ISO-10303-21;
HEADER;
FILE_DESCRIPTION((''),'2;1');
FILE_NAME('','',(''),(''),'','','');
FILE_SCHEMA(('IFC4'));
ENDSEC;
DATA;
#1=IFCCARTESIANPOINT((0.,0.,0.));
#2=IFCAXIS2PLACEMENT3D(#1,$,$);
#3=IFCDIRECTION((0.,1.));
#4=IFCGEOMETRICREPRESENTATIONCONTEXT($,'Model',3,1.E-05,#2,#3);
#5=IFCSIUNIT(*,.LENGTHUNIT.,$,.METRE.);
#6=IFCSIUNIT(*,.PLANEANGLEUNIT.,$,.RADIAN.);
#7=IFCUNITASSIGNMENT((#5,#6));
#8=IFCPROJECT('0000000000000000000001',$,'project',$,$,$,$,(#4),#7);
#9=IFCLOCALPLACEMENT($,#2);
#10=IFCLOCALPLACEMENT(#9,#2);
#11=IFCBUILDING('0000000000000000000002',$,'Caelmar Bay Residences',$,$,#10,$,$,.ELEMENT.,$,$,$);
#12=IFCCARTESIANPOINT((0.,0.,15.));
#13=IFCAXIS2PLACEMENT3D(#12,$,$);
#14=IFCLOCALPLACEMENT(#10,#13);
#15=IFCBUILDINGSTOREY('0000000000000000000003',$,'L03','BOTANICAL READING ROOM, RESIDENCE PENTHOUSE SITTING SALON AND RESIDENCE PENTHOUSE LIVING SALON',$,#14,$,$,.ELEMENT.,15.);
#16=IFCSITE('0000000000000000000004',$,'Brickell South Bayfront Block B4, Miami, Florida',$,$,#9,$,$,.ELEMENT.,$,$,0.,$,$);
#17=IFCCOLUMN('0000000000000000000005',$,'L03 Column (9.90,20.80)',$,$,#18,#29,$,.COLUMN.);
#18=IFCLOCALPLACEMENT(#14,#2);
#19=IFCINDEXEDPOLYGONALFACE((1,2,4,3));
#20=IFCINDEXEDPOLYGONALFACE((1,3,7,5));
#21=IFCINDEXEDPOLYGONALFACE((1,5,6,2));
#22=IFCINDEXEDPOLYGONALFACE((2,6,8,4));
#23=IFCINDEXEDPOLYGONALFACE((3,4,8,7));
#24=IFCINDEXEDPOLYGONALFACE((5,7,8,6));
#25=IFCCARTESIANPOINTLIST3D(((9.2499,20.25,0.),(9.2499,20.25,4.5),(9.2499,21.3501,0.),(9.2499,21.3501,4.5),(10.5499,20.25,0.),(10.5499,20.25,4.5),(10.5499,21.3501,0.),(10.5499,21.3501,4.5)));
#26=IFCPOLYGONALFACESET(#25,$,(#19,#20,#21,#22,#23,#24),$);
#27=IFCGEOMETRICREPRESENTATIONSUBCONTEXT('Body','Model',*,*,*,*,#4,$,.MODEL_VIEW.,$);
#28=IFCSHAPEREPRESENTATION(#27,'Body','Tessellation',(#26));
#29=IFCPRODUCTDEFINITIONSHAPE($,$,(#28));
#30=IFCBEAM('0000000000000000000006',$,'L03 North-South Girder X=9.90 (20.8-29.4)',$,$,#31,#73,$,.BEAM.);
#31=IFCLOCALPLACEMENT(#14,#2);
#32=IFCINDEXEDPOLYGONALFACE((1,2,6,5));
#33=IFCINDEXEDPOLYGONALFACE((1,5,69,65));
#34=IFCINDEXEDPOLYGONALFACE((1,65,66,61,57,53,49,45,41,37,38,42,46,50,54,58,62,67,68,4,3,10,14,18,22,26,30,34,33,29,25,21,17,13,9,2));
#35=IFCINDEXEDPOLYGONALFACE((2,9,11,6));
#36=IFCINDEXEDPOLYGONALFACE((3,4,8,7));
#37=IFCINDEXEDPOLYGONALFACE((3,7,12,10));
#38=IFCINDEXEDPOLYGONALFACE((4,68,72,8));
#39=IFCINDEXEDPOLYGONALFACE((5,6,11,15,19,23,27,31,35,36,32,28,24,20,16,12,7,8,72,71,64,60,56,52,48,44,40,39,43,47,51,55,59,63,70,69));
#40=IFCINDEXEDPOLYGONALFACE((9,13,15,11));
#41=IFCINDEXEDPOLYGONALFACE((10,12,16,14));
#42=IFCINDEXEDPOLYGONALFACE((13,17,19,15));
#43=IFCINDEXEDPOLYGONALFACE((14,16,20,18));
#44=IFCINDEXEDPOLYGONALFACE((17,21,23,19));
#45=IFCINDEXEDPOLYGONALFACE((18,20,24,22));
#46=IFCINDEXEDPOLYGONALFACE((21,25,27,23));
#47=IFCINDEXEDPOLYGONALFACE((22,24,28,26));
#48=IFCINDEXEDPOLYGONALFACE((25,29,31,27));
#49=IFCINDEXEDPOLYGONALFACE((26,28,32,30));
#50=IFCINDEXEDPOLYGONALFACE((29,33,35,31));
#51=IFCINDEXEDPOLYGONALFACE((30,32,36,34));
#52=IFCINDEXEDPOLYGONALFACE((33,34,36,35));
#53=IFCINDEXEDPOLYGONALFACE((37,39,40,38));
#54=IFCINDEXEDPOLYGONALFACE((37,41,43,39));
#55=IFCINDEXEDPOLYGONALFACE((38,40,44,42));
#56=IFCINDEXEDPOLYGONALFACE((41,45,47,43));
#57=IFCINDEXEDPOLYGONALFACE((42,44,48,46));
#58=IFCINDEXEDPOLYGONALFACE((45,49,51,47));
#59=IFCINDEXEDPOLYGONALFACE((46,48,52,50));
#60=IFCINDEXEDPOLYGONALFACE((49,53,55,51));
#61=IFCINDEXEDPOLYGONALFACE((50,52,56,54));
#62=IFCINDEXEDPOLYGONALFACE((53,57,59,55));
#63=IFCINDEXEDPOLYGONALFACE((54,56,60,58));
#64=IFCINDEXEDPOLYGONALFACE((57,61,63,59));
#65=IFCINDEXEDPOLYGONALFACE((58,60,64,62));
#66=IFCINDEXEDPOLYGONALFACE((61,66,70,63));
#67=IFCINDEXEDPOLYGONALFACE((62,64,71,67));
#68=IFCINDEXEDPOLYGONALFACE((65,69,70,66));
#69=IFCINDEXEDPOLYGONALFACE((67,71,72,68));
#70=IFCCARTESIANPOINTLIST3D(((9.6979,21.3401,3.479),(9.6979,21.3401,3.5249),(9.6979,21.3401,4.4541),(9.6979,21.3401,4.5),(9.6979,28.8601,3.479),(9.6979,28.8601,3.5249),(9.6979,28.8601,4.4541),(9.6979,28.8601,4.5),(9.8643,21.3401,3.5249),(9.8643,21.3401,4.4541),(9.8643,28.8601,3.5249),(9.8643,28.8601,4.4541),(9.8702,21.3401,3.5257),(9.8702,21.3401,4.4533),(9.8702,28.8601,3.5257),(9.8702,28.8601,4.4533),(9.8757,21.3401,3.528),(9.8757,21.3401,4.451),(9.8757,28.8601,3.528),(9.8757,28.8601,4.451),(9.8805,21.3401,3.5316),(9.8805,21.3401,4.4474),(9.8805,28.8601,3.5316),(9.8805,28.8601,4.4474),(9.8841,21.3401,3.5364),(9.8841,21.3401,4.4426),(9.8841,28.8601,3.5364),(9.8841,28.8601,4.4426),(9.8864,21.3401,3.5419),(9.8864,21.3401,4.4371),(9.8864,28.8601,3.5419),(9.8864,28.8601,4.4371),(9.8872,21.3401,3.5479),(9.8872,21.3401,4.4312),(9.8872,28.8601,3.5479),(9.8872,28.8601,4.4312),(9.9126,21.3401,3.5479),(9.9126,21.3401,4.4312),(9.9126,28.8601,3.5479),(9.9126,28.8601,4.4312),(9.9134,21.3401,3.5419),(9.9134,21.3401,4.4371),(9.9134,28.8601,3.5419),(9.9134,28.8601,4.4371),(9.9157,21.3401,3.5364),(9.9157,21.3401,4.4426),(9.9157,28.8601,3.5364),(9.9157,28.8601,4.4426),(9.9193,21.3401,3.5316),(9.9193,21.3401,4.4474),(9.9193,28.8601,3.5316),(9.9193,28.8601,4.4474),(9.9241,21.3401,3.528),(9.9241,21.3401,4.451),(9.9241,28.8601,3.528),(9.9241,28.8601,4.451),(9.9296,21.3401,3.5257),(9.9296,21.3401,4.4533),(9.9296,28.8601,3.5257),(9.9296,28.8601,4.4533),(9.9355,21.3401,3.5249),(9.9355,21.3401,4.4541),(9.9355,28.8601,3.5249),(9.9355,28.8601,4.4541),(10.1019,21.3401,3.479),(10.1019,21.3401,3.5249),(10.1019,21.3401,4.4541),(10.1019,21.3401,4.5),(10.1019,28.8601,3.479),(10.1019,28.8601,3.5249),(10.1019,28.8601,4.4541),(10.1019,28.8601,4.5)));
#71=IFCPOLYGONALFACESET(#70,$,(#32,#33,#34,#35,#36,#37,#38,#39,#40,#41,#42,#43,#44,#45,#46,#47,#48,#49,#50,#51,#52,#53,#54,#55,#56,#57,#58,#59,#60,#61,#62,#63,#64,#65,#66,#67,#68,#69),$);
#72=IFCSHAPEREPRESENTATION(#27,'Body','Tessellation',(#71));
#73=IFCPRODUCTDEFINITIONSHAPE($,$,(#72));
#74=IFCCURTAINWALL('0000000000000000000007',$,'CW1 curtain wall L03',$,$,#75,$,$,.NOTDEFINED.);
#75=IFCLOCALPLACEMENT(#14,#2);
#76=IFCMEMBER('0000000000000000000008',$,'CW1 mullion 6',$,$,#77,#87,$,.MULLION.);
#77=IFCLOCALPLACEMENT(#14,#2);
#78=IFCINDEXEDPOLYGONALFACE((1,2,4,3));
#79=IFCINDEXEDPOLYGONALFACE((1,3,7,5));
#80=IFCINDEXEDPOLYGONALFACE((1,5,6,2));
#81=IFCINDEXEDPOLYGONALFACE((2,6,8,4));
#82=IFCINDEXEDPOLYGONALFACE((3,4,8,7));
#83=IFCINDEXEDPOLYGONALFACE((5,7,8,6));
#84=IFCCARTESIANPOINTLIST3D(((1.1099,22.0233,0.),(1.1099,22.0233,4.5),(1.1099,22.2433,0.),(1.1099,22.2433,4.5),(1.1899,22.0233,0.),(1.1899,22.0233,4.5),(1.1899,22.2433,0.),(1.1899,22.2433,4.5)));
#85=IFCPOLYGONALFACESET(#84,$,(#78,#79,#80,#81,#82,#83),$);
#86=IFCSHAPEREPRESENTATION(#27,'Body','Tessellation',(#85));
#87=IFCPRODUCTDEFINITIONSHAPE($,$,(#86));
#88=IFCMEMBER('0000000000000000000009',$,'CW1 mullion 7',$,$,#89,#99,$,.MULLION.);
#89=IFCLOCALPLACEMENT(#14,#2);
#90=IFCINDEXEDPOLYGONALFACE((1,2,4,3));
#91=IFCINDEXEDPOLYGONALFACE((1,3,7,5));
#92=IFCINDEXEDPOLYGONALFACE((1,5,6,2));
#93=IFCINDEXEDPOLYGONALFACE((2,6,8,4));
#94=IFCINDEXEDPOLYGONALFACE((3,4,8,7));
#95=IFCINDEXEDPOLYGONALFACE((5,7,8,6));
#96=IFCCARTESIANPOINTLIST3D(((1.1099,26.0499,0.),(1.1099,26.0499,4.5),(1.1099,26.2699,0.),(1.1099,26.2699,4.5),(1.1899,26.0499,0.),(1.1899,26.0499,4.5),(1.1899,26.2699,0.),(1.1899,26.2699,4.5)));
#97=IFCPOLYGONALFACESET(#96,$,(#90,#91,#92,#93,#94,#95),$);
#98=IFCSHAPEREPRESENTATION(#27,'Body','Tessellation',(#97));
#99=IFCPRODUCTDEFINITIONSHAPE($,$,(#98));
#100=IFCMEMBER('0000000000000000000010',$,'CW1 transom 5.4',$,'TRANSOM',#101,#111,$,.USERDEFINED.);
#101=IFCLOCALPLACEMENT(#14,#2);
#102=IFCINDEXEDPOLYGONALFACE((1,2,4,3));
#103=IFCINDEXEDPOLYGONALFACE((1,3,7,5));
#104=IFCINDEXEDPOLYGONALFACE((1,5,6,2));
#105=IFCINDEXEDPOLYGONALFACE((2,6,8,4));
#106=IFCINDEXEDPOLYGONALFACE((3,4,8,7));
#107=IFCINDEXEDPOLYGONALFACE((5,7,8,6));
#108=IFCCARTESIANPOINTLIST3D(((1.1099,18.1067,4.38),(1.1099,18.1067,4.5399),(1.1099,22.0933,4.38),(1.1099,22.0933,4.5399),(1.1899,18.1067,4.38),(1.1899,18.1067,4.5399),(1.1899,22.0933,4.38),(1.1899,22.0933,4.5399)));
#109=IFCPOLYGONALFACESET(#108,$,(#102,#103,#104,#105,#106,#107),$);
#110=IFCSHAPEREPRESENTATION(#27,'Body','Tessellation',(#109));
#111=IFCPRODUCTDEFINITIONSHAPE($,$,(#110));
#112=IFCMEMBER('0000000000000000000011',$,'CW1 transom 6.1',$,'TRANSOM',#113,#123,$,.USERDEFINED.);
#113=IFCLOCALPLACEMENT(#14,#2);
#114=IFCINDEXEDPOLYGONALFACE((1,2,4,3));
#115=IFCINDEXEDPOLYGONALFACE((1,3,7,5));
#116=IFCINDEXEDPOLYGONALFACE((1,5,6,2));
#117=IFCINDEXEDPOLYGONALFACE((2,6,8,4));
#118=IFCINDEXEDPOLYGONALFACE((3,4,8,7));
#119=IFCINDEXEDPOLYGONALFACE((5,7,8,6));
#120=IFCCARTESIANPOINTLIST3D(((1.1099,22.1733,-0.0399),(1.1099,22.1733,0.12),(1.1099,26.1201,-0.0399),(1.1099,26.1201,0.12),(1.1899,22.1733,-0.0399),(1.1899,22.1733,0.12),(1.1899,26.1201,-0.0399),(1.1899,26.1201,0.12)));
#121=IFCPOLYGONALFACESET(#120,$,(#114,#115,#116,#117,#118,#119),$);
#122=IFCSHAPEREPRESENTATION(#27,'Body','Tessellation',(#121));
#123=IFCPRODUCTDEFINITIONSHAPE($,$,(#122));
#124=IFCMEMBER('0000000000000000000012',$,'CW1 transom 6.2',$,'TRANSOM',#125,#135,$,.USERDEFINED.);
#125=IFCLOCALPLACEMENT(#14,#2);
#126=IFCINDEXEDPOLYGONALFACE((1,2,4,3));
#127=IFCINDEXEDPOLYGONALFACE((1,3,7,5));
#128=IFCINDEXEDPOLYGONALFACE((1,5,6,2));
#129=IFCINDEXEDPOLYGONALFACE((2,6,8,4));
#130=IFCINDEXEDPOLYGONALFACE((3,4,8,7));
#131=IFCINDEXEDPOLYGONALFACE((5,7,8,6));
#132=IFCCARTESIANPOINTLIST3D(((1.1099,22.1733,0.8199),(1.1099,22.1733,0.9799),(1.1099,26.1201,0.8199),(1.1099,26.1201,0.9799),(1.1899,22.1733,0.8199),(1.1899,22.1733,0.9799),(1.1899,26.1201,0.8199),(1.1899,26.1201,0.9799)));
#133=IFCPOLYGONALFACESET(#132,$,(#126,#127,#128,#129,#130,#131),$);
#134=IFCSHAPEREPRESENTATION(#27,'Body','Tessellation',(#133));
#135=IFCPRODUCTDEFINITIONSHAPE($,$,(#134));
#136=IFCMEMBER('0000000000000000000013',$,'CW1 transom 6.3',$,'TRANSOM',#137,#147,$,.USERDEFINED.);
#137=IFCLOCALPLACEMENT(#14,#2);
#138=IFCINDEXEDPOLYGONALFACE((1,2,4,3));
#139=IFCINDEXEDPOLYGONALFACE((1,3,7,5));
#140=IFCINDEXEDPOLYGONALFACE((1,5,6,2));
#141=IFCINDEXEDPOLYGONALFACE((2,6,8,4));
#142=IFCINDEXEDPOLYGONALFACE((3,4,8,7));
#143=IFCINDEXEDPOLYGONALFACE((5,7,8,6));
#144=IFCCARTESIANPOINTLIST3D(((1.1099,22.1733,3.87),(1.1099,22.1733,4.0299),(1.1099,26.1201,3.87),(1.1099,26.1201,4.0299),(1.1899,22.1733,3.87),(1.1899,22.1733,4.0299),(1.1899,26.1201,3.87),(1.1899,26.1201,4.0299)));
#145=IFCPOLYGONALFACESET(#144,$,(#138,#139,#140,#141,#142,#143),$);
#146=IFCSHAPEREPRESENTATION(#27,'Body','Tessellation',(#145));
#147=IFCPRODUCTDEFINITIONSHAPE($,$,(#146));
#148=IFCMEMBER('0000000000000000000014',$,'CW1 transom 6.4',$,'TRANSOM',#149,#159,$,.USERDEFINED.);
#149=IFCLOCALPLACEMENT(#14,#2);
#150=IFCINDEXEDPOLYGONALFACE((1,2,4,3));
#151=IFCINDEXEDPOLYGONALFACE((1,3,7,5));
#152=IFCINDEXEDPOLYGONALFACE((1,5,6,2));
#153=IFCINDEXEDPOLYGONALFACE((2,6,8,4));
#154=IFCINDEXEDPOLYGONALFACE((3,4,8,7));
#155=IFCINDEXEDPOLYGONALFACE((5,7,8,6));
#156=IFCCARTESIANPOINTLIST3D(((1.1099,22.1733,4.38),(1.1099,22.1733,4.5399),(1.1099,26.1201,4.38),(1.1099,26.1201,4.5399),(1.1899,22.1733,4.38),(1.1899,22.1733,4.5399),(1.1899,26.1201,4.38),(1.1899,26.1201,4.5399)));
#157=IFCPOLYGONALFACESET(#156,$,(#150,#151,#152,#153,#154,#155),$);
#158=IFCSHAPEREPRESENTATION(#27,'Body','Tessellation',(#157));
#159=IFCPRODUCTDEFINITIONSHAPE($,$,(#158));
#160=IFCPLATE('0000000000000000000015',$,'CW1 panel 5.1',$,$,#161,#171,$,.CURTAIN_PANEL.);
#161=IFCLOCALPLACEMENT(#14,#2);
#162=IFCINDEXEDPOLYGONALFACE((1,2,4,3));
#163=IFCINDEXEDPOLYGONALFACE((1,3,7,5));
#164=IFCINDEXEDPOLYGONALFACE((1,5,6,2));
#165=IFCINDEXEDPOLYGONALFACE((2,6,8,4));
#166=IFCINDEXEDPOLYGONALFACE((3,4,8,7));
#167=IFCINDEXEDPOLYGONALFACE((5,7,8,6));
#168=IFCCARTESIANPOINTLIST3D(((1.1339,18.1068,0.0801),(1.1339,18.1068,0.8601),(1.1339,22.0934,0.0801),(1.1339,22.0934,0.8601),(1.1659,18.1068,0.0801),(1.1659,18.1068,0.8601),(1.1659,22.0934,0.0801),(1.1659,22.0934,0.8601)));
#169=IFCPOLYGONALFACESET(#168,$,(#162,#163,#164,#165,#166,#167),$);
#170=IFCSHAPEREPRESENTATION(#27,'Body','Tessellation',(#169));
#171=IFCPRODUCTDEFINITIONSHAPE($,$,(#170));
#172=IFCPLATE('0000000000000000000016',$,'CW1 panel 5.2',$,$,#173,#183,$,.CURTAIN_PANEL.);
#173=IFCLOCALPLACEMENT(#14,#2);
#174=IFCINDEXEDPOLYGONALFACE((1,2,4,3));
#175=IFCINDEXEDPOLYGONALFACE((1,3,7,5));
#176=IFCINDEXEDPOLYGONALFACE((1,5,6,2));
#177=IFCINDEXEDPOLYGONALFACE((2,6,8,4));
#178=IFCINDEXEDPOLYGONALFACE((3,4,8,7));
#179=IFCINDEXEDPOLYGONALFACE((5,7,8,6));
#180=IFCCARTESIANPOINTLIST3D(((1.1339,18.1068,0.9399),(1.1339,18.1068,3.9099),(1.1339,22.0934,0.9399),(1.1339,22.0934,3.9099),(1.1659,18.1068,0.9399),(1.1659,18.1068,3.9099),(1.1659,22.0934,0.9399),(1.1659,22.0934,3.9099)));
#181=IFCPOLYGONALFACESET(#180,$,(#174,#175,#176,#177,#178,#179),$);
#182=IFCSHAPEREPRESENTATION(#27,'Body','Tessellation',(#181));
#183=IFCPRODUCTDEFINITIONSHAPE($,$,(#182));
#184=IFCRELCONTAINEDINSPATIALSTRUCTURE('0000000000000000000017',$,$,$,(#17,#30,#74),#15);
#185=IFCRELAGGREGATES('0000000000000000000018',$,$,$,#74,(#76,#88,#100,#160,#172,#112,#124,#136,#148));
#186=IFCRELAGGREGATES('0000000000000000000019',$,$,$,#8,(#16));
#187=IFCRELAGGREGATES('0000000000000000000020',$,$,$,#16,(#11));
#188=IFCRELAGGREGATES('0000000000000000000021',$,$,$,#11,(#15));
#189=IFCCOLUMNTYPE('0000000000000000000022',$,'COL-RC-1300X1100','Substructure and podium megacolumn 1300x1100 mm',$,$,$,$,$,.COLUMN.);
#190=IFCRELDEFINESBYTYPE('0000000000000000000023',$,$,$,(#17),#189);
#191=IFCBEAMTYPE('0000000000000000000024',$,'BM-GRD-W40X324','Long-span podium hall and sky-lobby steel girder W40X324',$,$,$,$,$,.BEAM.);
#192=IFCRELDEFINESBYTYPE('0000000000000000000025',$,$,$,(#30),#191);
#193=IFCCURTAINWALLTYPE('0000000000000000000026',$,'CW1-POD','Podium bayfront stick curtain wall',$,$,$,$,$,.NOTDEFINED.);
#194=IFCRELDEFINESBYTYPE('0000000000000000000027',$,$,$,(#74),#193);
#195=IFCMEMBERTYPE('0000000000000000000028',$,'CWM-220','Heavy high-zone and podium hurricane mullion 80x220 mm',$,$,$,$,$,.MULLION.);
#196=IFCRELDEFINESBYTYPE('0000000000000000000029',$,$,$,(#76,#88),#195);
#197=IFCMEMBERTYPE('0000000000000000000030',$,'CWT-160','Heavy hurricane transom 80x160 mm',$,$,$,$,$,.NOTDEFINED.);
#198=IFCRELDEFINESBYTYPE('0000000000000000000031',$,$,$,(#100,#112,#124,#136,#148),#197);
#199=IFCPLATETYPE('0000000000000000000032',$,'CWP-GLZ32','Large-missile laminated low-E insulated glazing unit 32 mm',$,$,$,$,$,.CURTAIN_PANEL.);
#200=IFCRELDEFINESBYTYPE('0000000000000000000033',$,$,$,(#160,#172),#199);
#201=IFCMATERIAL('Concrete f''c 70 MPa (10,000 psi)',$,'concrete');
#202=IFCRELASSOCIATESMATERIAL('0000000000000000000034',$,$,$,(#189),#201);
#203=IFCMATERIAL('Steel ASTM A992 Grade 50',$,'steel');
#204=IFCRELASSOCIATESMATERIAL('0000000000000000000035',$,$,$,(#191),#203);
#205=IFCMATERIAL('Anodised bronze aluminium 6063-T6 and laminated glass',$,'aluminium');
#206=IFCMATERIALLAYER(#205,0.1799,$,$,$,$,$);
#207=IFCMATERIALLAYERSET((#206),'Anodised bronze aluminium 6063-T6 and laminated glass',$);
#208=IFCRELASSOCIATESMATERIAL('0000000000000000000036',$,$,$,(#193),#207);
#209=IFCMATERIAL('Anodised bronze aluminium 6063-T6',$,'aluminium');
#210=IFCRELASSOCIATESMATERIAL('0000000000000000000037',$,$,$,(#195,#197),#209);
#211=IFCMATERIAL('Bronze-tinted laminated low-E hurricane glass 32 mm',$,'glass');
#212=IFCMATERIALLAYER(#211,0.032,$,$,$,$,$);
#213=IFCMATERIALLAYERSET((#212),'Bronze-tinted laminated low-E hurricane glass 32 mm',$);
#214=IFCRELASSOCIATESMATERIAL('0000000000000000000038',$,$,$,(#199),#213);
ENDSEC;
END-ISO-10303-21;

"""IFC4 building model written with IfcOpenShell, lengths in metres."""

from ifc_helpers import new_model, si_unit, direction, frame, origin, origin_2d, place, context, subcontext, project, spatial, rectangle, i_section, extrude, material, layer, layer_set, material_profile, profile_set, type_object, element, aggregate, save


model = new_model("IFC4")

# Units and contexts
model_context = context("Model", 3, precision=1e-05, world=origin(), true_north=direction((0.0, 1.0)))
body_context = subcontext(model_context, "Body", "Model", "MODEL_VIEW")
ifc_project = project(units=[si_unit("LENGTHUNIT", "METRE"), si_unit("PLANEANGLEUNIT", "RADIAN")], contexts=[model_context])

# Site, building, storey
site_placement = place(None, origin())
site = spatial("IfcSite", under=ifc_project, at=site_placement, Name="Brickell South Bayfront Block B4, Miami, Florida", CompositionType="ELEMENT", RefElevation=0.0)
building_placement = place(site_placement, origin())
building = spatial("IfcBuilding", under=site, at=building_placement, Name="Caelmar Bay Residences", CompositionType="ELEMENT")
storey_placement = place(building_placement, frame((0.0, 0.0, 15.0)))
storey = spatial("IfcBuildingStorey", under=building, at=storey_placement, Name="L03", Description="BOTANICAL READING ROOM, RESIDENCE PENTHOUSE SITTING SALON AND RESIDENCE PENTHOUSE LIVING SALON", CompositionType="ELEMENT", Elevation=15.0)

# Column
ifc_material_1 = material(Name="Concrete f'c 70 MPa (10,000 psi)", Category="concrete")
ifc_material_profile_1 = material_profile(ifc_material_1, rectangle(XDim=1.3, YDim=1.1001, at=origin_2d()), Name="RC-COL-1300X1100")
ifc_profile_set_1 = profile_set([ifc_material_profile_1], Name="Concrete f'c 70 MPa (10,000 psi)")
column_type = type_object("IfcColumnType", Name="COL-RC-1300X1100", Description="Substructure and podium megacolumn 1300x1100 mm", PredefinedType="COLUMN", material=ifc_profile_set_1)
column_placement = place(storey_placement, frame((9.8999, 20.8, 0.0), z_axis=(0.0, 0.0, 1.0), x_axis=(1.0, 0.0, 0.0)))
element("IfcColumn", 1, at=column_placement, inside=storey, type_object=column_type, Name="L03 Column (9.90,20.80)", PredefinedType="COLUMN", context=body_context, shape_type="SweptSolid", body=[
    extrude(rectangle(XDim=1.3, YDim=1.1001, at=origin_2d()), origin(), (0.0, 0.0, 1.0), 4.5),
])

# Beam
ifc_material_2 = material(Name="Steel ASTM A992 Grade 50", Category="steel")
ifc_material_profile_2 = material_profile(ifc_material_2, i_section(OverallWidth=0.4041, OverallDepth=1.021, WebThickness=0.0254, FlangeThickness=0.0459, FilletRadius=0.0229, at=origin_2d()), Name="W40X324")
ifc_profile_set_2 = profile_set([ifc_material_profile_2], Name="Steel ASTM A992 Grade 50")
beam_type = type_object("IfcBeamType", Name="BM-GRD-W40X324", Description="Long-span podium hall and sky-lobby steel girder W40X324", PredefinedType="BEAM", material=ifc_profile_set_2)
beam_placement = place(storey_placement, frame((9.8999, 21.3401, 3.9895), z_axis=(0.0, 1.0, 0.0), x_axis=(-1.0, 0.0, 0.0)))
element("IfcBeam", 2, at=beam_placement, inside=storey, type_object=beam_type, Name="L03 North-South Girder X=9.90 (20.8-29.4)", PredefinedType="BEAM", context=body_context, shape_type="SweptSolid", body=[
    extrude(i_section(OverallWidth=0.4041, OverallDepth=1.021, WebThickness=0.0254, FlangeThickness=0.0459, FilletRadius=0.0229, at=origin_2d()), origin(), (0.0, 0.0, 1.0), 7.52),
])

# Curtain wall, members, plates
ifc_material_3 = material(Name="Anodised bronze aluminium 6063-T6 and laminated glass", Category="aluminium")
ifc_layer_1 = layer(ifc_material_3, 0.1799)
ifc_layer_set_1 = layer_set([ifc_layer_1], Name="Anodised bronze aluminium 6063-T6 and laminated glass")
curtain_wall_type = type_object("IfcCurtainWallType", Name="CW1-POD", Description="Podium bayfront stick curtain wall", PredefinedType="NOTDEFINED", material=ifc_layer_set_1)
curtain_wall_placement = place(storey_placement, origin())
curtain_wall = element("IfcCurtainWall", 3, at=curtain_wall_placement, inside=storey, type_object=curtain_wall_type, Name="CW1 curtain wall L03", PredefinedType="NOTDEFINED")
ifc_material_4 = material(Name="Anodised bronze aluminium 6063-T6", Category="aluminium")
ifc_material_profile_3 = material_profile(ifc_material_4, rectangle(XDim=0.0801, YDim=0.22, at=origin_2d()), Name="CWM-80X220")
ifc_profile_set_3 = profile_set([ifc_material_profile_3], Name="Anodised bronze aluminium 6063-T6")
member_type_1 = type_object("IfcMemberType", Name="CWM-220", Description="Heavy high-zone and podium hurricane mullion 80x220 mm", PredefinedType="MULLION", material=ifc_profile_set_3)
member_1_placement = place(storey_placement, frame((1.1499, 22.1333, 0.0), z_axis=(0.0, 0.0, 1.0), x_axis=(-1.0, 0.0, 0.0)))
member_1 = element("IfcMember", 4, at=member_1_placement, type_object=member_type_1, Name="CW1 mullion 6", PredefinedType="MULLION", context=body_context, shape_type="SweptSolid", body=[
    extrude(rectangle(XDim=0.0801, YDim=0.22, at=origin_2d()), origin(), (0.0, 0.0, 1.0), 4.5),
])
member_2_placement = place(storey_placement, frame((1.1499, 26.1599, 0.0), z_axis=(0.0, 0.0, 1.0), x_axis=(-1.0, 0.0, 0.0)))
member_2 = element("IfcMember", 5, at=member_2_placement, type_object=member_type_1, Name="CW1 mullion 7", PredefinedType="MULLION", context=body_context, shape_type="SweptSolid", body=[
    extrude(rectangle(XDim=0.0801, YDim=0.22, at=origin_2d()), origin(), (0.0, 0.0, 1.0), 4.5),
])
ifc_material_profile_4 = material_profile(ifc_material_4, rectangle(XDim=0.0801, YDim=0.1599, at=origin_2d()), Name="CWT-80X160")
ifc_profile_set_4 = profile_set([ifc_material_profile_4], Name="Anodised bronze aluminium 6063-T6")
member_type_2 = type_object("IfcMemberType", Name="CWT-160", Description="Heavy hurricane transom 80x160 mm", PredefinedType="NOTDEFINED", material=ifc_profile_set_4)
member_3_placement = place(storey_placement, frame((1.1499, 18.1067, 4.46), z_axis=(0.0, 1.0, 0.0), x_axis=(-1.0, 0.0, 0.0)))
member_3 = element("IfcMember", 6, at=member_3_placement, type_object=member_type_2, Name="CW1 transom 5.4", ObjectType="TRANSOM", PredefinedType="USERDEFINED", context=body_context, shape_type="SweptSolid", body=[
    extrude(rectangle(XDim=0.0801, YDim=0.1599, at=origin_2d()), origin(), (0.0, 0.0, 1.0), 3.9866),
])
member_4_placement = place(storey_placement, frame((1.1499, 22.1733, 0.04), z_axis=(0.0, 1.0, 0.0), x_axis=(-1.0, 0.0, 0.0)))
member_4 = element("IfcMember", 7, at=member_4_placement, type_object=member_type_2, Name="CW1 transom 6.1", ObjectType="TRANSOM", PredefinedType="USERDEFINED", context=body_context, shape_type="SweptSolid", body=[
    extrude(rectangle(XDim=0.0801, YDim=0.1599, at=origin_2d()), origin(), (0.0, 0.0, 1.0), 3.9468),
])
member_5_placement = place(storey_placement, frame((1.1499, 22.1733, 0.8999), z_axis=(0.0, 1.0, 0.0), x_axis=(-1.0, 0.0, 0.0)))
member_5 = element("IfcMember", 8, at=member_5_placement, type_object=member_type_2, Name="CW1 transom 6.2", ObjectType="TRANSOM", PredefinedType="USERDEFINED", context=body_context, shape_type="SweptSolid", body=[
    extrude(rectangle(XDim=0.0801, YDim=0.1599, at=origin_2d()), origin(), (0.0, 0.0, 1.0), 3.9468),
])
member_6_placement = place(storey_placement, frame((1.1499, 22.1733, 3.95), z_axis=(0.0, 1.0, 0.0), x_axis=(-1.0, 0.0, 0.0)))
member_6 = element("IfcMember", 9, at=member_6_placement, type_object=member_type_2, Name="CW1 transom 6.3", ObjectType="TRANSOM", PredefinedType="USERDEFINED", context=body_context, shape_type="SweptSolid", body=[
    extrude(rectangle(XDim=0.0801, YDim=0.1599, at=origin_2d()), origin(), (0.0, 0.0, 1.0), 3.9468),
])
member_7_placement = place(storey_placement, frame((1.1499, 22.1733, 4.46), z_axis=(0.0, 1.0, 0.0), x_axis=(-1.0, 0.0, 0.0)))
member_7 = element("IfcMember", 10, at=member_7_placement, type_object=member_type_2, Name="CW1 transom 6.4", ObjectType="TRANSOM", PredefinedType="USERDEFINED", context=body_context, shape_type="SweptSolid", body=[
    extrude(rectangle(XDim=0.0801, YDim=0.1599, at=origin_2d()), origin(), (0.0, 0.0, 1.0), 3.9468),
])
ifc_material_5 = material(Name="Bronze-tinted laminated low-E hurricane glass 32 mm", Category="glass")
ifc_layer_2 = layer(ifc_material_5, 0.032)
ifc_layer_set_2 = layer_set([ifc_layer_2], Name="Bronze-tinted laminated low-E hurricane glass 32 mm")
plate_type = type_object("IfcPlateType", Name="CWP-GLZ32", Description="Large-missile laminated low-E insulated glazing unit 32 mm", PredefinedType="CURTAIN_PANEL", material=ifc_layer_set_2)
plate_1_placement = place(storey_placement, frame((1.1499, 20.1001, 0.0801), z_axis=(0.0, 0.0, 1.0), x_axis=(0.0, 1.0, 0.0)))
plate_1 = element("IfcPlate", 11, at=plate_1_placement, type_object=plate_type, Name="CW1 panel 5.1", PredefinedType="CURTAIN_PANEL", context=body_context, shape_type="SweptSolid", body=[
    extrude(rectangle(XDim=3.9866, YDim=0.032, at=origin_2d()), origin(), (0.0, 0.0, 1.0), 0.78),
])
plate_2_placement = place(storey_placement, frame((1.1499, 20.1001, 0.9399), z_axis=(0.0, 0.0, 1.0), x_axis=(0.0, 1.0, 0.0)))
plate_2 = element("IfcPlate", 12, at=plate_2_placement, type_object=plate_type, Name="CW1 panel 5.2", PredefinedType="CURTAIN_PANEL", context=body_context, shape_type="SweptSolid", body=[
    extrude(rectangle(XDim=3.9866, YDim=0.032, at=origin_2d()), origin(), (0.0, 0.0, 1.0), 2.97),
])
aggregate(curtain_wall, [member_1, member_2, member_3, plate_1, plate_2, member_4, member_5, member_6, member_7])

save(model, "model.ifc")
